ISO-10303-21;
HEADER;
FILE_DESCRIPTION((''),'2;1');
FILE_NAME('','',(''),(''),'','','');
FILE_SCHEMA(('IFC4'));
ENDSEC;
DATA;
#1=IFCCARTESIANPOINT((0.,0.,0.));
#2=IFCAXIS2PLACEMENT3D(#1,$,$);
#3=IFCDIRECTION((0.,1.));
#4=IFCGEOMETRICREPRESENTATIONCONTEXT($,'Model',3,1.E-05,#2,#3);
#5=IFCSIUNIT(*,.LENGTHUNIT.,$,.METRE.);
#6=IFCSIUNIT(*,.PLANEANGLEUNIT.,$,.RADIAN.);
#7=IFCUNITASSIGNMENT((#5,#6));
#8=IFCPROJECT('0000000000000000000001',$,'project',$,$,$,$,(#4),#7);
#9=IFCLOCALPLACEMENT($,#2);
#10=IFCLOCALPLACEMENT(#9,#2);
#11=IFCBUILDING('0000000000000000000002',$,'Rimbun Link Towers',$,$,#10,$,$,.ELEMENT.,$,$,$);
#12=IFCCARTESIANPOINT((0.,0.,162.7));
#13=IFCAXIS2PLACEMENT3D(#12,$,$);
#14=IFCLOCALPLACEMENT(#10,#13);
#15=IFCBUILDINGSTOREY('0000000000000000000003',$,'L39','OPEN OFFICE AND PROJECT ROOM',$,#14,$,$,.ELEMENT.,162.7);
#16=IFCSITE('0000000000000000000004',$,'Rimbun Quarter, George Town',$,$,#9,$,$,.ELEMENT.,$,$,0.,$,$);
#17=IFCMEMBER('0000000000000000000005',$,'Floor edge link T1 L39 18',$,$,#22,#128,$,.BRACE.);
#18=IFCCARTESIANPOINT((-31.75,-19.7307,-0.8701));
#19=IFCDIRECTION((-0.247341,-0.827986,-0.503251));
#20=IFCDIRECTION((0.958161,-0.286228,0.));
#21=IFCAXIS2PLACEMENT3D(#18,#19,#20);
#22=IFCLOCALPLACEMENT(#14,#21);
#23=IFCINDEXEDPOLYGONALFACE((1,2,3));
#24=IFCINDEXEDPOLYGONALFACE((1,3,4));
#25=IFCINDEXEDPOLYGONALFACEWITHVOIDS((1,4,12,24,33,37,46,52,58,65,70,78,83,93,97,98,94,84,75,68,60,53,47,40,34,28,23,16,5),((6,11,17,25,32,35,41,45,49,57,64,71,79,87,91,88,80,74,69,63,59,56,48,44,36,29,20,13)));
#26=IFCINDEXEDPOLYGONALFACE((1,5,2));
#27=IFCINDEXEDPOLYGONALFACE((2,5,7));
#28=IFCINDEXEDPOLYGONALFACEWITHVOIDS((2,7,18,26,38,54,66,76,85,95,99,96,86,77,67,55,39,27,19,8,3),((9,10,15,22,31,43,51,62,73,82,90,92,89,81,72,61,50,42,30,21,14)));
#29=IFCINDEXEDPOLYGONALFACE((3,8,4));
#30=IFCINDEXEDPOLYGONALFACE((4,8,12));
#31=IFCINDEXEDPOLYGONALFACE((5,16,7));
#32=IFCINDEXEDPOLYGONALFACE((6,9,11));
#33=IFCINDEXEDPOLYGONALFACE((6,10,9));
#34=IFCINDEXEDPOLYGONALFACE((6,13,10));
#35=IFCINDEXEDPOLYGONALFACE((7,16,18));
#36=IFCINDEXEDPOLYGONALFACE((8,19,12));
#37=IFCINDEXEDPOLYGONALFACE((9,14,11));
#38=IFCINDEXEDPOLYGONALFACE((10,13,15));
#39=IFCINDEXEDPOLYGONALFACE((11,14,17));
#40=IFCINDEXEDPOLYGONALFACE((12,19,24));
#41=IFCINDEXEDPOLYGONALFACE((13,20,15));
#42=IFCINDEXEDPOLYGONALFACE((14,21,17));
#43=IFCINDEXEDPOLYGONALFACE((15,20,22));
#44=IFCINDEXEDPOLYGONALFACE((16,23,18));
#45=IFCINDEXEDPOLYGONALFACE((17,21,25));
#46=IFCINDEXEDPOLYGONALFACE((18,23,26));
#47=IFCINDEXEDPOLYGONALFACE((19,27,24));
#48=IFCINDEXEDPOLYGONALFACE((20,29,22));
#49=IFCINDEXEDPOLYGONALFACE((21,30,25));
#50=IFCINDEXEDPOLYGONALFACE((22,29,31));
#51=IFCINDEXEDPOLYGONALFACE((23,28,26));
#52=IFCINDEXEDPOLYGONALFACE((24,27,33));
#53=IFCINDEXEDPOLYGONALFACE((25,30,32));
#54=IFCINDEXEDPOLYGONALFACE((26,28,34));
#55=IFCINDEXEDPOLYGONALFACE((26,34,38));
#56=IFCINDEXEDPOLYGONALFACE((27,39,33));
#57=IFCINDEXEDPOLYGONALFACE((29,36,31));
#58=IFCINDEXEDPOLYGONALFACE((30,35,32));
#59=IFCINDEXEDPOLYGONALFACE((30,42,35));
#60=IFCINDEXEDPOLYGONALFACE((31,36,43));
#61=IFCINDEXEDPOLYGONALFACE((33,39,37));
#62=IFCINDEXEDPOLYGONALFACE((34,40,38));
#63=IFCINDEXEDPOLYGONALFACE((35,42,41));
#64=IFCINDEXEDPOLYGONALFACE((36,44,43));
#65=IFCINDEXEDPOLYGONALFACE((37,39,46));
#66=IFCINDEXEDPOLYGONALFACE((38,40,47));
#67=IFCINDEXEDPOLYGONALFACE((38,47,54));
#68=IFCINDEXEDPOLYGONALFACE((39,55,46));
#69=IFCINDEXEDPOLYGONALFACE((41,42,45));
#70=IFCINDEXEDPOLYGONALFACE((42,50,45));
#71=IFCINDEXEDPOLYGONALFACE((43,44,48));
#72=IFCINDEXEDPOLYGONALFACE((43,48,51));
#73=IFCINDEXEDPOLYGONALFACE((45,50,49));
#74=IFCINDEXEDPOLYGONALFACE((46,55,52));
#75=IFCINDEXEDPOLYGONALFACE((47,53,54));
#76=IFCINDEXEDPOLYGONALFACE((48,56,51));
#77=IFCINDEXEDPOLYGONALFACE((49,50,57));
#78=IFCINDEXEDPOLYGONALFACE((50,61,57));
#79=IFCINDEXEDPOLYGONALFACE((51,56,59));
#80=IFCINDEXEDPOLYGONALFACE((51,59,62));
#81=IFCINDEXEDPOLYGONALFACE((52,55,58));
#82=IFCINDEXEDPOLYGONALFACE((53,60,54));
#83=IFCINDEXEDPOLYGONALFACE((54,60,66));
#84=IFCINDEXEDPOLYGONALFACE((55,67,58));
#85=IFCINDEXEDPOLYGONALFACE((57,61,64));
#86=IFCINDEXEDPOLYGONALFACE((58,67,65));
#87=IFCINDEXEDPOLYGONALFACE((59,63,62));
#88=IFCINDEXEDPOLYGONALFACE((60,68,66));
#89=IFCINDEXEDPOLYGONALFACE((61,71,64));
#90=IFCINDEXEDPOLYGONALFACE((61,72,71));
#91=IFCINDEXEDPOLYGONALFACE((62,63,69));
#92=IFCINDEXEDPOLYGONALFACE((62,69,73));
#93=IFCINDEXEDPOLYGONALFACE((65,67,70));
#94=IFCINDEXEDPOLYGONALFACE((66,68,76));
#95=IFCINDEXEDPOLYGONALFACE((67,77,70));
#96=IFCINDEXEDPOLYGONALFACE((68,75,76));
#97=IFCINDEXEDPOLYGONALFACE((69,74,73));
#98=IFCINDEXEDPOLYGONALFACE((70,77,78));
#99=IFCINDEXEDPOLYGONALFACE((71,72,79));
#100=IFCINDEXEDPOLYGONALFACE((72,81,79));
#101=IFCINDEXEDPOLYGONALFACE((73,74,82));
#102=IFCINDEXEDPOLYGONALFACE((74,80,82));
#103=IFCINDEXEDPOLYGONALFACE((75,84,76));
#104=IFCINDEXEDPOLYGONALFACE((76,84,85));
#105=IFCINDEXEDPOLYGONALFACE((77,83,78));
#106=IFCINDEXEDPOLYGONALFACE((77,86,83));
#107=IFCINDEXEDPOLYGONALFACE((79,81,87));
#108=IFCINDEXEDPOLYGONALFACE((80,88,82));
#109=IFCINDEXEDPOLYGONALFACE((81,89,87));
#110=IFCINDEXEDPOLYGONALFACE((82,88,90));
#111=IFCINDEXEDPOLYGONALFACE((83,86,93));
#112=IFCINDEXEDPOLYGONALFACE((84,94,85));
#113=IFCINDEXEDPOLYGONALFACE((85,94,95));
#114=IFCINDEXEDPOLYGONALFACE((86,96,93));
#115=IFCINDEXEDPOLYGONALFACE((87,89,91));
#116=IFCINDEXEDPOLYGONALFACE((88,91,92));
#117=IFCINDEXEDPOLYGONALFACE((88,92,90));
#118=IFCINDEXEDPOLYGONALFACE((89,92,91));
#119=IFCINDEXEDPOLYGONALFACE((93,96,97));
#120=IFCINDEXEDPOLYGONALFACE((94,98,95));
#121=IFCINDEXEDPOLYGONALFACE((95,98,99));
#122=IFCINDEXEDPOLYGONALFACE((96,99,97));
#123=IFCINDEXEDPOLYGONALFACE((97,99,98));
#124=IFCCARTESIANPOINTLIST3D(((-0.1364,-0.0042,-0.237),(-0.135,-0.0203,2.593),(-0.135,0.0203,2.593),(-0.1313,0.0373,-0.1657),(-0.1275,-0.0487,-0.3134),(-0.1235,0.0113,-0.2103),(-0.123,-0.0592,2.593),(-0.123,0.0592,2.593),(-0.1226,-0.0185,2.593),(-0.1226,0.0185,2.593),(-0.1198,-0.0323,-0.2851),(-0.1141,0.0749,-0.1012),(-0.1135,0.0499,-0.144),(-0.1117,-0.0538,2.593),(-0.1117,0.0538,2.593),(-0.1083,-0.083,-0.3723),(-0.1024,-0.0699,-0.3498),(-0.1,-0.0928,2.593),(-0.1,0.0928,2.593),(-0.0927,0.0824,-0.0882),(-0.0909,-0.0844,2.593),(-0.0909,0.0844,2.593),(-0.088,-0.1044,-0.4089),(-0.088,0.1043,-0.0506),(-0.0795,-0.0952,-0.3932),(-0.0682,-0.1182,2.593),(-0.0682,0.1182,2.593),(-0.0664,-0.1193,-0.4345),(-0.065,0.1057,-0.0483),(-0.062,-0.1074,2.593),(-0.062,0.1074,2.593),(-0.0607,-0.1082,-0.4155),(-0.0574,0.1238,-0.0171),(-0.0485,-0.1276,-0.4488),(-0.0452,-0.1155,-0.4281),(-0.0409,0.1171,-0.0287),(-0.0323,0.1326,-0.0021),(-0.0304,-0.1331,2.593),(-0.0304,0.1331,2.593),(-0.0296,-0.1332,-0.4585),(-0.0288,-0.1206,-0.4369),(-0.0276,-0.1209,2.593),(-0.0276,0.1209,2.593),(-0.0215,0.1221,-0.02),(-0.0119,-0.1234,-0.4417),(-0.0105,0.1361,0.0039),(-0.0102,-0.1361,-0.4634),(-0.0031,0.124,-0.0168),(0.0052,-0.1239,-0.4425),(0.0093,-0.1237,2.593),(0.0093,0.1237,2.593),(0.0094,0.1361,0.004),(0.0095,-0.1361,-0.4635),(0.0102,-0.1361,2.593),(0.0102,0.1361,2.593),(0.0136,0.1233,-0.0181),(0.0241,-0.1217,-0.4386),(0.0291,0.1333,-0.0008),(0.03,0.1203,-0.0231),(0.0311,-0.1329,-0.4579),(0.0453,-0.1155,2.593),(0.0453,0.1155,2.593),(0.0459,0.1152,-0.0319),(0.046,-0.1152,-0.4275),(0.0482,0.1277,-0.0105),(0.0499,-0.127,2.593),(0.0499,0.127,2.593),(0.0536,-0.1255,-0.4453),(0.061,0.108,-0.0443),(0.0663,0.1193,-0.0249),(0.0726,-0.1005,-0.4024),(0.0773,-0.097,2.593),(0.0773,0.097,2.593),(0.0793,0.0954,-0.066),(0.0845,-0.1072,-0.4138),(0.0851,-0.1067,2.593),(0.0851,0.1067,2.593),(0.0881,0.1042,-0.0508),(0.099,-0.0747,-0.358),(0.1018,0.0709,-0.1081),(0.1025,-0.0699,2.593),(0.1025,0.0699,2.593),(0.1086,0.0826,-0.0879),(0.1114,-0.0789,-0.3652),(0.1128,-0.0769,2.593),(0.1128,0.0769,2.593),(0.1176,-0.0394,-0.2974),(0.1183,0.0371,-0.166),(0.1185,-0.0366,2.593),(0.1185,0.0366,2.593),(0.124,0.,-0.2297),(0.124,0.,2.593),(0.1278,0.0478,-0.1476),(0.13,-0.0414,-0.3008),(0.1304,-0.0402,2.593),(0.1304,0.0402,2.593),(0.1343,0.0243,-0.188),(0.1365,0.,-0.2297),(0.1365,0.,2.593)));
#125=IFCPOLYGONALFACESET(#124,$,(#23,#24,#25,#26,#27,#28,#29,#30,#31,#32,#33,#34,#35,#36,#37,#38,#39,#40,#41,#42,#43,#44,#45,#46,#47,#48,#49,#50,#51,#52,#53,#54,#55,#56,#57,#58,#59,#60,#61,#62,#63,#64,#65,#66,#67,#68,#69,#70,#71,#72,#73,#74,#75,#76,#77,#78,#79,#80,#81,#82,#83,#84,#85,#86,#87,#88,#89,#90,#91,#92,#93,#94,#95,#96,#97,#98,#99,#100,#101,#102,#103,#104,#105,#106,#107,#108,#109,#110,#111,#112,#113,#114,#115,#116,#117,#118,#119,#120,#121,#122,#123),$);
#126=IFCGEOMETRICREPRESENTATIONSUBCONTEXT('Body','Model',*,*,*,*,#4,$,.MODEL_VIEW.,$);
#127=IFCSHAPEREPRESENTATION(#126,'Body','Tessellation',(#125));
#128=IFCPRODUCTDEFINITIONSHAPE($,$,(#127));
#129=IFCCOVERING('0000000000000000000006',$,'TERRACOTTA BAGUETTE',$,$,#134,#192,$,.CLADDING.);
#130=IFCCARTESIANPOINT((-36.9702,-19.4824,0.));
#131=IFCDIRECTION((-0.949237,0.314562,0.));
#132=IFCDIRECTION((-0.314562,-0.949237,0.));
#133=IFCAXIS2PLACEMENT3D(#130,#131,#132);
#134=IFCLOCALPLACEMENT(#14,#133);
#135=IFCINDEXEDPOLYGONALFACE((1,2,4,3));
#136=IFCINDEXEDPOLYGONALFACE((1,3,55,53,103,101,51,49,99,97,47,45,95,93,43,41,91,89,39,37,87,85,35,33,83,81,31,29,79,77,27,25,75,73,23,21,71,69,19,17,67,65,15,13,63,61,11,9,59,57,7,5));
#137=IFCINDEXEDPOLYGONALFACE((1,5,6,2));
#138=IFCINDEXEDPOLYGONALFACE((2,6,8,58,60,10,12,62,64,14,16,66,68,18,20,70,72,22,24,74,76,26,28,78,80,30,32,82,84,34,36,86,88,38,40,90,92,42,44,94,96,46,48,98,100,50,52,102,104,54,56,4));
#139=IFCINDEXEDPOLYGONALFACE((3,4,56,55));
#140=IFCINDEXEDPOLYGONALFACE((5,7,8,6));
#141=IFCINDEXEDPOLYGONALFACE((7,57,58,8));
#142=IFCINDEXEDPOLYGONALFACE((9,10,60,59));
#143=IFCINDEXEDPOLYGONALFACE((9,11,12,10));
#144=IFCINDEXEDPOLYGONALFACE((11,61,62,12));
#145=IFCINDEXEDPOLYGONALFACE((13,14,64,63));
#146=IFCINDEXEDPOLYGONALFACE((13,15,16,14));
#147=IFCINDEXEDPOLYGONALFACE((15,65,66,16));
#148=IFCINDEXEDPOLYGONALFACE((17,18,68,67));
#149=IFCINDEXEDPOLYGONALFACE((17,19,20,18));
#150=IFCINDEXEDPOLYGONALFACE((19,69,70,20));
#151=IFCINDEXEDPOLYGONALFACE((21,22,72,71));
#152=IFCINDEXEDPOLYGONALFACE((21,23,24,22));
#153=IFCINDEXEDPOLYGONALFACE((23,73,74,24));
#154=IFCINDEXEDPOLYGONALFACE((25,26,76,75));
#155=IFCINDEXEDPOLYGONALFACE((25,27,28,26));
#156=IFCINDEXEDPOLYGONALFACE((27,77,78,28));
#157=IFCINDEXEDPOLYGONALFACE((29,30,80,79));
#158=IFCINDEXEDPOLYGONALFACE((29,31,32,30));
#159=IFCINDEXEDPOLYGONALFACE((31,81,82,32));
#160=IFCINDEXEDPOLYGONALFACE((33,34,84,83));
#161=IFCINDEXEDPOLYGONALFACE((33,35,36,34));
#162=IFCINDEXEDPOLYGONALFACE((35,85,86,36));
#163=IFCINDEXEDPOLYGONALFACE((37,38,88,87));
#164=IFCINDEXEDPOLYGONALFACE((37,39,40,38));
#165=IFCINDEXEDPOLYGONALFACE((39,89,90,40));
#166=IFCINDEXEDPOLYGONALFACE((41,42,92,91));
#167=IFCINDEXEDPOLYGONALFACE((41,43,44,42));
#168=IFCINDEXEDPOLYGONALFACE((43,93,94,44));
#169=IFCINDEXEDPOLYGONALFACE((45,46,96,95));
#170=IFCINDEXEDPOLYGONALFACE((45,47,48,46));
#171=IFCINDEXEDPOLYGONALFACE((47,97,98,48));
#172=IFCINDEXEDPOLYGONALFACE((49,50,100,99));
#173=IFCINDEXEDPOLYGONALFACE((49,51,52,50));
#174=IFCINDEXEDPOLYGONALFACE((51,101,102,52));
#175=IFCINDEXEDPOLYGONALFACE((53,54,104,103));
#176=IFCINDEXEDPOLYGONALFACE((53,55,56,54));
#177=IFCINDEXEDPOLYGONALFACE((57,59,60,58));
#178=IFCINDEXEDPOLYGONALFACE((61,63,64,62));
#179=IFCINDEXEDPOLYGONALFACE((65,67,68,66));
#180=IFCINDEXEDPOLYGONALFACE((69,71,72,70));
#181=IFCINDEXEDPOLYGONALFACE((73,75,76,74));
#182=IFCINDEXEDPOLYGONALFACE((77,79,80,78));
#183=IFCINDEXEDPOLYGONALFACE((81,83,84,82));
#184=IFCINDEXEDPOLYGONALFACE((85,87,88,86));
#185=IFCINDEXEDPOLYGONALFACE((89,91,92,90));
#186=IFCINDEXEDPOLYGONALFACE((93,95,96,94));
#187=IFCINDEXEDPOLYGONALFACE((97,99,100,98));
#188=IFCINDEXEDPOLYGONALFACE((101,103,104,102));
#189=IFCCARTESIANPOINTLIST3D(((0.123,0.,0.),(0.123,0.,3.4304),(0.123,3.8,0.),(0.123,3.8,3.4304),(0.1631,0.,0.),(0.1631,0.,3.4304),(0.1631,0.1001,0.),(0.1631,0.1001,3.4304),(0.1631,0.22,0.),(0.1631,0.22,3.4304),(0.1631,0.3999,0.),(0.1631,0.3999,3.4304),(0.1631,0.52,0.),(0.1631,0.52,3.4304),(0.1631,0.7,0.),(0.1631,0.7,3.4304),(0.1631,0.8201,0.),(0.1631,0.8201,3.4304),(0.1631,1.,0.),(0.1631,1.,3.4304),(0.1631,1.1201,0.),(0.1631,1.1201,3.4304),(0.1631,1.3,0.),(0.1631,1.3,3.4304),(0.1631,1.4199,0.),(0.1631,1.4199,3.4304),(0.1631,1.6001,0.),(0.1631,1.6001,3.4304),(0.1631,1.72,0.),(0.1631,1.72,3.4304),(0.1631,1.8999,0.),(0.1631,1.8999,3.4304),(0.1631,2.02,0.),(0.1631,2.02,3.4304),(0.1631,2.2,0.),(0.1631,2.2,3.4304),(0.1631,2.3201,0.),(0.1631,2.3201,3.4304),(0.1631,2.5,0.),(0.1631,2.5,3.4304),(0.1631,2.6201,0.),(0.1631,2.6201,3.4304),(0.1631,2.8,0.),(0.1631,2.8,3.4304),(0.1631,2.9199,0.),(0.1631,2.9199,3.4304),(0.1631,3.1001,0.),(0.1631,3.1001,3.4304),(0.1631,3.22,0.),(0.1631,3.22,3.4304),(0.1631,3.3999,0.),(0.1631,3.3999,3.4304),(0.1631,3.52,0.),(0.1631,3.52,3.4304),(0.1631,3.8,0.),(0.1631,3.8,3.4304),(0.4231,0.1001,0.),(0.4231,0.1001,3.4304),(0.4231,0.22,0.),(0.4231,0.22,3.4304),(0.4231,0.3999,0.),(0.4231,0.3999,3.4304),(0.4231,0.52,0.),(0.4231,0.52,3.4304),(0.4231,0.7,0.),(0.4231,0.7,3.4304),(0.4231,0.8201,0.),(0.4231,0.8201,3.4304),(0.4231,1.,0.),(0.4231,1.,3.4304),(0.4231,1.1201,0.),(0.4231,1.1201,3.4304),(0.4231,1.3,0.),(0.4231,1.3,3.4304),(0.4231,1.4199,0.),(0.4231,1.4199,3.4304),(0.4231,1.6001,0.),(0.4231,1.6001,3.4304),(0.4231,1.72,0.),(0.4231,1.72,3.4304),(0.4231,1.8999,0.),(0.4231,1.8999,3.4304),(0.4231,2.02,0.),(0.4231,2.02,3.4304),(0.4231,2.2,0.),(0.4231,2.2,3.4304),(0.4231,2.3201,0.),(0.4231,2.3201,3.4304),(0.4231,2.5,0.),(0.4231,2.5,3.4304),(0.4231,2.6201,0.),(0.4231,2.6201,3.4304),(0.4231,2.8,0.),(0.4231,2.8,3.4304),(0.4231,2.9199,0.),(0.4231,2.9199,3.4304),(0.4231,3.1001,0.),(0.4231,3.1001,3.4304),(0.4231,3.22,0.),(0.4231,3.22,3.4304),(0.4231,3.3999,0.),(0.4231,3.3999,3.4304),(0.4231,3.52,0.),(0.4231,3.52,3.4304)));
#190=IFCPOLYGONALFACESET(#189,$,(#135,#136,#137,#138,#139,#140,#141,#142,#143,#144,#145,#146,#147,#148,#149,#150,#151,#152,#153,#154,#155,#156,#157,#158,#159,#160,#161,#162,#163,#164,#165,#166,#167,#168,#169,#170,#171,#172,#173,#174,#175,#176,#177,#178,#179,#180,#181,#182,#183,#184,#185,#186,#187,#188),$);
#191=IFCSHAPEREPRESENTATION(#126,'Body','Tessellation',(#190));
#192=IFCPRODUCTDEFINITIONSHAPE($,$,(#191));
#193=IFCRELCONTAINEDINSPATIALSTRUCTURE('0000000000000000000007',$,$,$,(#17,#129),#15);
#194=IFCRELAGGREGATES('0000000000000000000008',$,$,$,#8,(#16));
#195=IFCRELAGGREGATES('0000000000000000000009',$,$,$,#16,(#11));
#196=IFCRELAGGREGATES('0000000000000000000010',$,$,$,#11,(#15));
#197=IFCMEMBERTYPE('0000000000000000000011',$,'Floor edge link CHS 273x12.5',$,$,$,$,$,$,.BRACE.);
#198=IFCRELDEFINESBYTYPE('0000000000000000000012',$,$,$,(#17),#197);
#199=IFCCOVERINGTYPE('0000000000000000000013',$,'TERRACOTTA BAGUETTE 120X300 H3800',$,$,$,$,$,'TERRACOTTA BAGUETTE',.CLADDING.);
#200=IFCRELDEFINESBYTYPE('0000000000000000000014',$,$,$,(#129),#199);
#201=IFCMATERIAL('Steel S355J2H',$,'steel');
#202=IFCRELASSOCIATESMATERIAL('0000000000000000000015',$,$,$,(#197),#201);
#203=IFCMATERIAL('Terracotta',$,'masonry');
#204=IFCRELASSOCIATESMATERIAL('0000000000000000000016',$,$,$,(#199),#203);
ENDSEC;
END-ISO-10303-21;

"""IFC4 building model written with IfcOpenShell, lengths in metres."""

from ifc_helpers import new_model, si_unit, direction, frame, origin, origin_2d, place, context, subcontext, project, spatial, polyline, hollow_circle, outline, extrude, clip, halfspace, material, material_profile, profile_set, type_object, element, save


model = new_model("IFC4")

# Units and contexts
model_context = context("Model", 3, precision=1e-05, world=origin(), true_north=direction((0.0, 1.0)))
body_context = subcontext(model_context, "Body", "Model", "MODEL_VIEW")
ifc_project = project(units=[si_unit("LENGTHUNIT", "METRE"), si_unit("PLANEANGLEUNIT", "RADIAN")], contexts=[model_context])

# Site, building, storey
site_placement = place(None, origin())
site = spatial("IfcSite", under=ifc_project, at=site_placement, Name="Rimbun Quarter, George Town", CompositionType="ELEMENT", RefElevation=0.0)
building_placement = place(site_placement, origin())
building = spatial("IfcBuilding", under=site, at=building_placement, Name="Rimbun Link Towers", CompositionType="ELEMENT")
storey_placement = place(building_placement, frame((0.0, 0.0, 162.7)))
storey = spatial("IfcBuildingStorey", under=building, at=storey_placement, Name="L39", Description="OPEN OFFICE AND PROJECT ROOM", CompositionType="ELEMENT", Elevation=162.7)

# Member
ifc_material_1 = material(Name="Steel S355J2H", Category="steel")
ifc_material_profile_1 = material_profile(ifc_material_1, hollow_circle(Radius=0.1365, WallThickness=0.0125, at=origin_2d()), Name="CHS 273x12.5")
ifc_profile_set_1 = profile_set([ifc_material_profile_1], Name="Steel S355J2H")
member_type_1 = type_object("IfcMemberType", Name="Floor edge link CHS 273x12.5", PredefinedType="BRACE", material=ifc_profile_set_1)
member_1_placement = place(storey_placement, frame((-31.75, -19.7307, -0.8701), z_axis=(-0.247341, -0.827986, -0.503251), x_axis=(0.958161, -0.286228, 0.0)))
element("IfcMember", 1, at=member_1_placement, inside=storey, type_object=member_type_1, Name="Floor edge link T1 L39 18", PredefinedType="BRACE", context=body_context, shape_type="Clipping", body=[
    clip(extrude(hollow_circle(Radius=0.1365, WallThickness=0.0125, at=origin_2d()), frame((0.0, 0.0, -0.4885)), (0.0, 0.0, 1.0), 3.0815), halfspace(frame((0.0, 0.0, -0.2297), z_axis=(0.0, 0.864141, -0.503251)), False)),
])

# Covering
ifc_material_2 = material(Name="Terracotta", Category="masonry")
ifc_material_profile_2 = material_profile(ifc_material_2, outline(polyline([(0.123, 0.0), (0.1631, 0.0), (0.1631, 0.1001), (0.4231, 0.1001), (0.4231, 0.22), (0.1631, 0.22), (0.1631, 0.3999), (0.4231, 0.3999), (0.4231, 0.52), (0.1631, 0.52), (0.1631, 0.7), (0.4231, 0.7), (0.4231, 0.8201), (0.1631, 0.8201), (0.1631, 1.0), (0.4231, 1.0), (0.4231, 1.1201), (0.1631, 1.1201), (0.1631, 1.3), (0.4231, 1.3), (0.4231, 1.4199), (0.1631, 1.4199), (0.1631, 1.6001), (0.4231, 1.6001), (0.4231, 1.72), (0.1631, 1.72), (0.1631, 1.8999), (0.4231, 1.8999), (0.4231, 2.02), (0.1631, 2.02), (0.1631, 2.2), (0.4231, 2.2), (0.4231, 2.3201), (0.1631, 2.3201), (0.1631, 2.5), (0.4231, 2.5), (0.4231, 2.6201), (0.1631, 2.6201), (0.1631, 2.8), (0.4231, 2.8), (0.4231, 2.9199), (0.1631, 2.9199), (0.1631, 3.1001), (0.4231, 3.1001), (0.4231, 3.22), (0.1631, 3.22), (0.1631, 3.3999), (0.4231, 3.3999), (0.4231, 3.52), (0.1631, 3.52), (0.1631, 3.8), (0.123, 3.8), (0.123, 0.0)])), Name="BAGUETTE 120X300")
ifc_profile_set_2 = profile_set([ifc_material_profile_2], Name="Terracotta")
covering_type = type_object("IfcCoveringType", Name="TERRACOTTA BAGUETTE 120X300 H3800", ElementType="TERRACOTTA BAGUETTE", PredefinedType="CLADDING", material=ifc_profile_set_2)
covering_1_placement = place(storey_placement, frame((-36.9702, -19.4824, 0.0), z_axis=(-0.949237, 0.314562, 0.0), x_axis=(-0.314562, -0.949237, 0.0)))
element("IfcCovering", 2, at=covering_1_placement, inside=storey, type_object=covering_type, Name="TERRACOTTA BAGUETTE", PredefinedType="CLADDING", context=body_context, shape_type="SweptSolid", body=[
    extrude(outline(polyline([(0.123, 0.0), (0.1631, 0.0), (0.1631, 0.1001), (0.4231, 0.1001), (0.4231, 0.22), (0.1631, 0.22), (0.1631, 0.3999), (0.4231, 0.3999), (0.4231, 0.52), (0.1631, 0.52), (0.1631, 0.7), (0.4231, 0.7), (0.4231, 0.8201), (0.1631, 0.8201), (0.1631, 1.0), (0.4231, 1.0), (0.4231, 1.1201), (0.1631, 1.1201), (0.1631, 1.3), (0.4231, 1.3), (0.4231, 1.4199), (0.1631, 1.4199), (0.1631, 1.6001), (0.4231, 1.6001), (0.4231, 1.72), (0.1631, 1.72), (0.1631, 1.8999), (0.4231, 1.8999), (0.4231, 2.02), (0.1631, 2.02), (0.1631, 2.2), (0.4231, 2.2), (0.4231, 2.3201), (0.1631, 2.3201), (0.1631, 2.5), (0.4231, 2.5), (0.4231, 2.6201), (0.1631, 2.6201), (0.1631, 2.8), (0.4231, 2.8), (0.4231, 2.9199), (0.1631, 2.9199), (0.1631, 3.1001), (0.4231, 3.1001), (0.4231, 3.22), (0.1631, 3.22), (0.1631, 3.3999), (0.4231, 3.3999), (0.4231, 3.52), (0.1631, 3.52), (0.1631, 3.8), (0.123, 3.8), (0.123, 0.0)])), origin(), (0.0, 0.0, 1.0), 3.4304),
])

save(model, "model.ifc")
